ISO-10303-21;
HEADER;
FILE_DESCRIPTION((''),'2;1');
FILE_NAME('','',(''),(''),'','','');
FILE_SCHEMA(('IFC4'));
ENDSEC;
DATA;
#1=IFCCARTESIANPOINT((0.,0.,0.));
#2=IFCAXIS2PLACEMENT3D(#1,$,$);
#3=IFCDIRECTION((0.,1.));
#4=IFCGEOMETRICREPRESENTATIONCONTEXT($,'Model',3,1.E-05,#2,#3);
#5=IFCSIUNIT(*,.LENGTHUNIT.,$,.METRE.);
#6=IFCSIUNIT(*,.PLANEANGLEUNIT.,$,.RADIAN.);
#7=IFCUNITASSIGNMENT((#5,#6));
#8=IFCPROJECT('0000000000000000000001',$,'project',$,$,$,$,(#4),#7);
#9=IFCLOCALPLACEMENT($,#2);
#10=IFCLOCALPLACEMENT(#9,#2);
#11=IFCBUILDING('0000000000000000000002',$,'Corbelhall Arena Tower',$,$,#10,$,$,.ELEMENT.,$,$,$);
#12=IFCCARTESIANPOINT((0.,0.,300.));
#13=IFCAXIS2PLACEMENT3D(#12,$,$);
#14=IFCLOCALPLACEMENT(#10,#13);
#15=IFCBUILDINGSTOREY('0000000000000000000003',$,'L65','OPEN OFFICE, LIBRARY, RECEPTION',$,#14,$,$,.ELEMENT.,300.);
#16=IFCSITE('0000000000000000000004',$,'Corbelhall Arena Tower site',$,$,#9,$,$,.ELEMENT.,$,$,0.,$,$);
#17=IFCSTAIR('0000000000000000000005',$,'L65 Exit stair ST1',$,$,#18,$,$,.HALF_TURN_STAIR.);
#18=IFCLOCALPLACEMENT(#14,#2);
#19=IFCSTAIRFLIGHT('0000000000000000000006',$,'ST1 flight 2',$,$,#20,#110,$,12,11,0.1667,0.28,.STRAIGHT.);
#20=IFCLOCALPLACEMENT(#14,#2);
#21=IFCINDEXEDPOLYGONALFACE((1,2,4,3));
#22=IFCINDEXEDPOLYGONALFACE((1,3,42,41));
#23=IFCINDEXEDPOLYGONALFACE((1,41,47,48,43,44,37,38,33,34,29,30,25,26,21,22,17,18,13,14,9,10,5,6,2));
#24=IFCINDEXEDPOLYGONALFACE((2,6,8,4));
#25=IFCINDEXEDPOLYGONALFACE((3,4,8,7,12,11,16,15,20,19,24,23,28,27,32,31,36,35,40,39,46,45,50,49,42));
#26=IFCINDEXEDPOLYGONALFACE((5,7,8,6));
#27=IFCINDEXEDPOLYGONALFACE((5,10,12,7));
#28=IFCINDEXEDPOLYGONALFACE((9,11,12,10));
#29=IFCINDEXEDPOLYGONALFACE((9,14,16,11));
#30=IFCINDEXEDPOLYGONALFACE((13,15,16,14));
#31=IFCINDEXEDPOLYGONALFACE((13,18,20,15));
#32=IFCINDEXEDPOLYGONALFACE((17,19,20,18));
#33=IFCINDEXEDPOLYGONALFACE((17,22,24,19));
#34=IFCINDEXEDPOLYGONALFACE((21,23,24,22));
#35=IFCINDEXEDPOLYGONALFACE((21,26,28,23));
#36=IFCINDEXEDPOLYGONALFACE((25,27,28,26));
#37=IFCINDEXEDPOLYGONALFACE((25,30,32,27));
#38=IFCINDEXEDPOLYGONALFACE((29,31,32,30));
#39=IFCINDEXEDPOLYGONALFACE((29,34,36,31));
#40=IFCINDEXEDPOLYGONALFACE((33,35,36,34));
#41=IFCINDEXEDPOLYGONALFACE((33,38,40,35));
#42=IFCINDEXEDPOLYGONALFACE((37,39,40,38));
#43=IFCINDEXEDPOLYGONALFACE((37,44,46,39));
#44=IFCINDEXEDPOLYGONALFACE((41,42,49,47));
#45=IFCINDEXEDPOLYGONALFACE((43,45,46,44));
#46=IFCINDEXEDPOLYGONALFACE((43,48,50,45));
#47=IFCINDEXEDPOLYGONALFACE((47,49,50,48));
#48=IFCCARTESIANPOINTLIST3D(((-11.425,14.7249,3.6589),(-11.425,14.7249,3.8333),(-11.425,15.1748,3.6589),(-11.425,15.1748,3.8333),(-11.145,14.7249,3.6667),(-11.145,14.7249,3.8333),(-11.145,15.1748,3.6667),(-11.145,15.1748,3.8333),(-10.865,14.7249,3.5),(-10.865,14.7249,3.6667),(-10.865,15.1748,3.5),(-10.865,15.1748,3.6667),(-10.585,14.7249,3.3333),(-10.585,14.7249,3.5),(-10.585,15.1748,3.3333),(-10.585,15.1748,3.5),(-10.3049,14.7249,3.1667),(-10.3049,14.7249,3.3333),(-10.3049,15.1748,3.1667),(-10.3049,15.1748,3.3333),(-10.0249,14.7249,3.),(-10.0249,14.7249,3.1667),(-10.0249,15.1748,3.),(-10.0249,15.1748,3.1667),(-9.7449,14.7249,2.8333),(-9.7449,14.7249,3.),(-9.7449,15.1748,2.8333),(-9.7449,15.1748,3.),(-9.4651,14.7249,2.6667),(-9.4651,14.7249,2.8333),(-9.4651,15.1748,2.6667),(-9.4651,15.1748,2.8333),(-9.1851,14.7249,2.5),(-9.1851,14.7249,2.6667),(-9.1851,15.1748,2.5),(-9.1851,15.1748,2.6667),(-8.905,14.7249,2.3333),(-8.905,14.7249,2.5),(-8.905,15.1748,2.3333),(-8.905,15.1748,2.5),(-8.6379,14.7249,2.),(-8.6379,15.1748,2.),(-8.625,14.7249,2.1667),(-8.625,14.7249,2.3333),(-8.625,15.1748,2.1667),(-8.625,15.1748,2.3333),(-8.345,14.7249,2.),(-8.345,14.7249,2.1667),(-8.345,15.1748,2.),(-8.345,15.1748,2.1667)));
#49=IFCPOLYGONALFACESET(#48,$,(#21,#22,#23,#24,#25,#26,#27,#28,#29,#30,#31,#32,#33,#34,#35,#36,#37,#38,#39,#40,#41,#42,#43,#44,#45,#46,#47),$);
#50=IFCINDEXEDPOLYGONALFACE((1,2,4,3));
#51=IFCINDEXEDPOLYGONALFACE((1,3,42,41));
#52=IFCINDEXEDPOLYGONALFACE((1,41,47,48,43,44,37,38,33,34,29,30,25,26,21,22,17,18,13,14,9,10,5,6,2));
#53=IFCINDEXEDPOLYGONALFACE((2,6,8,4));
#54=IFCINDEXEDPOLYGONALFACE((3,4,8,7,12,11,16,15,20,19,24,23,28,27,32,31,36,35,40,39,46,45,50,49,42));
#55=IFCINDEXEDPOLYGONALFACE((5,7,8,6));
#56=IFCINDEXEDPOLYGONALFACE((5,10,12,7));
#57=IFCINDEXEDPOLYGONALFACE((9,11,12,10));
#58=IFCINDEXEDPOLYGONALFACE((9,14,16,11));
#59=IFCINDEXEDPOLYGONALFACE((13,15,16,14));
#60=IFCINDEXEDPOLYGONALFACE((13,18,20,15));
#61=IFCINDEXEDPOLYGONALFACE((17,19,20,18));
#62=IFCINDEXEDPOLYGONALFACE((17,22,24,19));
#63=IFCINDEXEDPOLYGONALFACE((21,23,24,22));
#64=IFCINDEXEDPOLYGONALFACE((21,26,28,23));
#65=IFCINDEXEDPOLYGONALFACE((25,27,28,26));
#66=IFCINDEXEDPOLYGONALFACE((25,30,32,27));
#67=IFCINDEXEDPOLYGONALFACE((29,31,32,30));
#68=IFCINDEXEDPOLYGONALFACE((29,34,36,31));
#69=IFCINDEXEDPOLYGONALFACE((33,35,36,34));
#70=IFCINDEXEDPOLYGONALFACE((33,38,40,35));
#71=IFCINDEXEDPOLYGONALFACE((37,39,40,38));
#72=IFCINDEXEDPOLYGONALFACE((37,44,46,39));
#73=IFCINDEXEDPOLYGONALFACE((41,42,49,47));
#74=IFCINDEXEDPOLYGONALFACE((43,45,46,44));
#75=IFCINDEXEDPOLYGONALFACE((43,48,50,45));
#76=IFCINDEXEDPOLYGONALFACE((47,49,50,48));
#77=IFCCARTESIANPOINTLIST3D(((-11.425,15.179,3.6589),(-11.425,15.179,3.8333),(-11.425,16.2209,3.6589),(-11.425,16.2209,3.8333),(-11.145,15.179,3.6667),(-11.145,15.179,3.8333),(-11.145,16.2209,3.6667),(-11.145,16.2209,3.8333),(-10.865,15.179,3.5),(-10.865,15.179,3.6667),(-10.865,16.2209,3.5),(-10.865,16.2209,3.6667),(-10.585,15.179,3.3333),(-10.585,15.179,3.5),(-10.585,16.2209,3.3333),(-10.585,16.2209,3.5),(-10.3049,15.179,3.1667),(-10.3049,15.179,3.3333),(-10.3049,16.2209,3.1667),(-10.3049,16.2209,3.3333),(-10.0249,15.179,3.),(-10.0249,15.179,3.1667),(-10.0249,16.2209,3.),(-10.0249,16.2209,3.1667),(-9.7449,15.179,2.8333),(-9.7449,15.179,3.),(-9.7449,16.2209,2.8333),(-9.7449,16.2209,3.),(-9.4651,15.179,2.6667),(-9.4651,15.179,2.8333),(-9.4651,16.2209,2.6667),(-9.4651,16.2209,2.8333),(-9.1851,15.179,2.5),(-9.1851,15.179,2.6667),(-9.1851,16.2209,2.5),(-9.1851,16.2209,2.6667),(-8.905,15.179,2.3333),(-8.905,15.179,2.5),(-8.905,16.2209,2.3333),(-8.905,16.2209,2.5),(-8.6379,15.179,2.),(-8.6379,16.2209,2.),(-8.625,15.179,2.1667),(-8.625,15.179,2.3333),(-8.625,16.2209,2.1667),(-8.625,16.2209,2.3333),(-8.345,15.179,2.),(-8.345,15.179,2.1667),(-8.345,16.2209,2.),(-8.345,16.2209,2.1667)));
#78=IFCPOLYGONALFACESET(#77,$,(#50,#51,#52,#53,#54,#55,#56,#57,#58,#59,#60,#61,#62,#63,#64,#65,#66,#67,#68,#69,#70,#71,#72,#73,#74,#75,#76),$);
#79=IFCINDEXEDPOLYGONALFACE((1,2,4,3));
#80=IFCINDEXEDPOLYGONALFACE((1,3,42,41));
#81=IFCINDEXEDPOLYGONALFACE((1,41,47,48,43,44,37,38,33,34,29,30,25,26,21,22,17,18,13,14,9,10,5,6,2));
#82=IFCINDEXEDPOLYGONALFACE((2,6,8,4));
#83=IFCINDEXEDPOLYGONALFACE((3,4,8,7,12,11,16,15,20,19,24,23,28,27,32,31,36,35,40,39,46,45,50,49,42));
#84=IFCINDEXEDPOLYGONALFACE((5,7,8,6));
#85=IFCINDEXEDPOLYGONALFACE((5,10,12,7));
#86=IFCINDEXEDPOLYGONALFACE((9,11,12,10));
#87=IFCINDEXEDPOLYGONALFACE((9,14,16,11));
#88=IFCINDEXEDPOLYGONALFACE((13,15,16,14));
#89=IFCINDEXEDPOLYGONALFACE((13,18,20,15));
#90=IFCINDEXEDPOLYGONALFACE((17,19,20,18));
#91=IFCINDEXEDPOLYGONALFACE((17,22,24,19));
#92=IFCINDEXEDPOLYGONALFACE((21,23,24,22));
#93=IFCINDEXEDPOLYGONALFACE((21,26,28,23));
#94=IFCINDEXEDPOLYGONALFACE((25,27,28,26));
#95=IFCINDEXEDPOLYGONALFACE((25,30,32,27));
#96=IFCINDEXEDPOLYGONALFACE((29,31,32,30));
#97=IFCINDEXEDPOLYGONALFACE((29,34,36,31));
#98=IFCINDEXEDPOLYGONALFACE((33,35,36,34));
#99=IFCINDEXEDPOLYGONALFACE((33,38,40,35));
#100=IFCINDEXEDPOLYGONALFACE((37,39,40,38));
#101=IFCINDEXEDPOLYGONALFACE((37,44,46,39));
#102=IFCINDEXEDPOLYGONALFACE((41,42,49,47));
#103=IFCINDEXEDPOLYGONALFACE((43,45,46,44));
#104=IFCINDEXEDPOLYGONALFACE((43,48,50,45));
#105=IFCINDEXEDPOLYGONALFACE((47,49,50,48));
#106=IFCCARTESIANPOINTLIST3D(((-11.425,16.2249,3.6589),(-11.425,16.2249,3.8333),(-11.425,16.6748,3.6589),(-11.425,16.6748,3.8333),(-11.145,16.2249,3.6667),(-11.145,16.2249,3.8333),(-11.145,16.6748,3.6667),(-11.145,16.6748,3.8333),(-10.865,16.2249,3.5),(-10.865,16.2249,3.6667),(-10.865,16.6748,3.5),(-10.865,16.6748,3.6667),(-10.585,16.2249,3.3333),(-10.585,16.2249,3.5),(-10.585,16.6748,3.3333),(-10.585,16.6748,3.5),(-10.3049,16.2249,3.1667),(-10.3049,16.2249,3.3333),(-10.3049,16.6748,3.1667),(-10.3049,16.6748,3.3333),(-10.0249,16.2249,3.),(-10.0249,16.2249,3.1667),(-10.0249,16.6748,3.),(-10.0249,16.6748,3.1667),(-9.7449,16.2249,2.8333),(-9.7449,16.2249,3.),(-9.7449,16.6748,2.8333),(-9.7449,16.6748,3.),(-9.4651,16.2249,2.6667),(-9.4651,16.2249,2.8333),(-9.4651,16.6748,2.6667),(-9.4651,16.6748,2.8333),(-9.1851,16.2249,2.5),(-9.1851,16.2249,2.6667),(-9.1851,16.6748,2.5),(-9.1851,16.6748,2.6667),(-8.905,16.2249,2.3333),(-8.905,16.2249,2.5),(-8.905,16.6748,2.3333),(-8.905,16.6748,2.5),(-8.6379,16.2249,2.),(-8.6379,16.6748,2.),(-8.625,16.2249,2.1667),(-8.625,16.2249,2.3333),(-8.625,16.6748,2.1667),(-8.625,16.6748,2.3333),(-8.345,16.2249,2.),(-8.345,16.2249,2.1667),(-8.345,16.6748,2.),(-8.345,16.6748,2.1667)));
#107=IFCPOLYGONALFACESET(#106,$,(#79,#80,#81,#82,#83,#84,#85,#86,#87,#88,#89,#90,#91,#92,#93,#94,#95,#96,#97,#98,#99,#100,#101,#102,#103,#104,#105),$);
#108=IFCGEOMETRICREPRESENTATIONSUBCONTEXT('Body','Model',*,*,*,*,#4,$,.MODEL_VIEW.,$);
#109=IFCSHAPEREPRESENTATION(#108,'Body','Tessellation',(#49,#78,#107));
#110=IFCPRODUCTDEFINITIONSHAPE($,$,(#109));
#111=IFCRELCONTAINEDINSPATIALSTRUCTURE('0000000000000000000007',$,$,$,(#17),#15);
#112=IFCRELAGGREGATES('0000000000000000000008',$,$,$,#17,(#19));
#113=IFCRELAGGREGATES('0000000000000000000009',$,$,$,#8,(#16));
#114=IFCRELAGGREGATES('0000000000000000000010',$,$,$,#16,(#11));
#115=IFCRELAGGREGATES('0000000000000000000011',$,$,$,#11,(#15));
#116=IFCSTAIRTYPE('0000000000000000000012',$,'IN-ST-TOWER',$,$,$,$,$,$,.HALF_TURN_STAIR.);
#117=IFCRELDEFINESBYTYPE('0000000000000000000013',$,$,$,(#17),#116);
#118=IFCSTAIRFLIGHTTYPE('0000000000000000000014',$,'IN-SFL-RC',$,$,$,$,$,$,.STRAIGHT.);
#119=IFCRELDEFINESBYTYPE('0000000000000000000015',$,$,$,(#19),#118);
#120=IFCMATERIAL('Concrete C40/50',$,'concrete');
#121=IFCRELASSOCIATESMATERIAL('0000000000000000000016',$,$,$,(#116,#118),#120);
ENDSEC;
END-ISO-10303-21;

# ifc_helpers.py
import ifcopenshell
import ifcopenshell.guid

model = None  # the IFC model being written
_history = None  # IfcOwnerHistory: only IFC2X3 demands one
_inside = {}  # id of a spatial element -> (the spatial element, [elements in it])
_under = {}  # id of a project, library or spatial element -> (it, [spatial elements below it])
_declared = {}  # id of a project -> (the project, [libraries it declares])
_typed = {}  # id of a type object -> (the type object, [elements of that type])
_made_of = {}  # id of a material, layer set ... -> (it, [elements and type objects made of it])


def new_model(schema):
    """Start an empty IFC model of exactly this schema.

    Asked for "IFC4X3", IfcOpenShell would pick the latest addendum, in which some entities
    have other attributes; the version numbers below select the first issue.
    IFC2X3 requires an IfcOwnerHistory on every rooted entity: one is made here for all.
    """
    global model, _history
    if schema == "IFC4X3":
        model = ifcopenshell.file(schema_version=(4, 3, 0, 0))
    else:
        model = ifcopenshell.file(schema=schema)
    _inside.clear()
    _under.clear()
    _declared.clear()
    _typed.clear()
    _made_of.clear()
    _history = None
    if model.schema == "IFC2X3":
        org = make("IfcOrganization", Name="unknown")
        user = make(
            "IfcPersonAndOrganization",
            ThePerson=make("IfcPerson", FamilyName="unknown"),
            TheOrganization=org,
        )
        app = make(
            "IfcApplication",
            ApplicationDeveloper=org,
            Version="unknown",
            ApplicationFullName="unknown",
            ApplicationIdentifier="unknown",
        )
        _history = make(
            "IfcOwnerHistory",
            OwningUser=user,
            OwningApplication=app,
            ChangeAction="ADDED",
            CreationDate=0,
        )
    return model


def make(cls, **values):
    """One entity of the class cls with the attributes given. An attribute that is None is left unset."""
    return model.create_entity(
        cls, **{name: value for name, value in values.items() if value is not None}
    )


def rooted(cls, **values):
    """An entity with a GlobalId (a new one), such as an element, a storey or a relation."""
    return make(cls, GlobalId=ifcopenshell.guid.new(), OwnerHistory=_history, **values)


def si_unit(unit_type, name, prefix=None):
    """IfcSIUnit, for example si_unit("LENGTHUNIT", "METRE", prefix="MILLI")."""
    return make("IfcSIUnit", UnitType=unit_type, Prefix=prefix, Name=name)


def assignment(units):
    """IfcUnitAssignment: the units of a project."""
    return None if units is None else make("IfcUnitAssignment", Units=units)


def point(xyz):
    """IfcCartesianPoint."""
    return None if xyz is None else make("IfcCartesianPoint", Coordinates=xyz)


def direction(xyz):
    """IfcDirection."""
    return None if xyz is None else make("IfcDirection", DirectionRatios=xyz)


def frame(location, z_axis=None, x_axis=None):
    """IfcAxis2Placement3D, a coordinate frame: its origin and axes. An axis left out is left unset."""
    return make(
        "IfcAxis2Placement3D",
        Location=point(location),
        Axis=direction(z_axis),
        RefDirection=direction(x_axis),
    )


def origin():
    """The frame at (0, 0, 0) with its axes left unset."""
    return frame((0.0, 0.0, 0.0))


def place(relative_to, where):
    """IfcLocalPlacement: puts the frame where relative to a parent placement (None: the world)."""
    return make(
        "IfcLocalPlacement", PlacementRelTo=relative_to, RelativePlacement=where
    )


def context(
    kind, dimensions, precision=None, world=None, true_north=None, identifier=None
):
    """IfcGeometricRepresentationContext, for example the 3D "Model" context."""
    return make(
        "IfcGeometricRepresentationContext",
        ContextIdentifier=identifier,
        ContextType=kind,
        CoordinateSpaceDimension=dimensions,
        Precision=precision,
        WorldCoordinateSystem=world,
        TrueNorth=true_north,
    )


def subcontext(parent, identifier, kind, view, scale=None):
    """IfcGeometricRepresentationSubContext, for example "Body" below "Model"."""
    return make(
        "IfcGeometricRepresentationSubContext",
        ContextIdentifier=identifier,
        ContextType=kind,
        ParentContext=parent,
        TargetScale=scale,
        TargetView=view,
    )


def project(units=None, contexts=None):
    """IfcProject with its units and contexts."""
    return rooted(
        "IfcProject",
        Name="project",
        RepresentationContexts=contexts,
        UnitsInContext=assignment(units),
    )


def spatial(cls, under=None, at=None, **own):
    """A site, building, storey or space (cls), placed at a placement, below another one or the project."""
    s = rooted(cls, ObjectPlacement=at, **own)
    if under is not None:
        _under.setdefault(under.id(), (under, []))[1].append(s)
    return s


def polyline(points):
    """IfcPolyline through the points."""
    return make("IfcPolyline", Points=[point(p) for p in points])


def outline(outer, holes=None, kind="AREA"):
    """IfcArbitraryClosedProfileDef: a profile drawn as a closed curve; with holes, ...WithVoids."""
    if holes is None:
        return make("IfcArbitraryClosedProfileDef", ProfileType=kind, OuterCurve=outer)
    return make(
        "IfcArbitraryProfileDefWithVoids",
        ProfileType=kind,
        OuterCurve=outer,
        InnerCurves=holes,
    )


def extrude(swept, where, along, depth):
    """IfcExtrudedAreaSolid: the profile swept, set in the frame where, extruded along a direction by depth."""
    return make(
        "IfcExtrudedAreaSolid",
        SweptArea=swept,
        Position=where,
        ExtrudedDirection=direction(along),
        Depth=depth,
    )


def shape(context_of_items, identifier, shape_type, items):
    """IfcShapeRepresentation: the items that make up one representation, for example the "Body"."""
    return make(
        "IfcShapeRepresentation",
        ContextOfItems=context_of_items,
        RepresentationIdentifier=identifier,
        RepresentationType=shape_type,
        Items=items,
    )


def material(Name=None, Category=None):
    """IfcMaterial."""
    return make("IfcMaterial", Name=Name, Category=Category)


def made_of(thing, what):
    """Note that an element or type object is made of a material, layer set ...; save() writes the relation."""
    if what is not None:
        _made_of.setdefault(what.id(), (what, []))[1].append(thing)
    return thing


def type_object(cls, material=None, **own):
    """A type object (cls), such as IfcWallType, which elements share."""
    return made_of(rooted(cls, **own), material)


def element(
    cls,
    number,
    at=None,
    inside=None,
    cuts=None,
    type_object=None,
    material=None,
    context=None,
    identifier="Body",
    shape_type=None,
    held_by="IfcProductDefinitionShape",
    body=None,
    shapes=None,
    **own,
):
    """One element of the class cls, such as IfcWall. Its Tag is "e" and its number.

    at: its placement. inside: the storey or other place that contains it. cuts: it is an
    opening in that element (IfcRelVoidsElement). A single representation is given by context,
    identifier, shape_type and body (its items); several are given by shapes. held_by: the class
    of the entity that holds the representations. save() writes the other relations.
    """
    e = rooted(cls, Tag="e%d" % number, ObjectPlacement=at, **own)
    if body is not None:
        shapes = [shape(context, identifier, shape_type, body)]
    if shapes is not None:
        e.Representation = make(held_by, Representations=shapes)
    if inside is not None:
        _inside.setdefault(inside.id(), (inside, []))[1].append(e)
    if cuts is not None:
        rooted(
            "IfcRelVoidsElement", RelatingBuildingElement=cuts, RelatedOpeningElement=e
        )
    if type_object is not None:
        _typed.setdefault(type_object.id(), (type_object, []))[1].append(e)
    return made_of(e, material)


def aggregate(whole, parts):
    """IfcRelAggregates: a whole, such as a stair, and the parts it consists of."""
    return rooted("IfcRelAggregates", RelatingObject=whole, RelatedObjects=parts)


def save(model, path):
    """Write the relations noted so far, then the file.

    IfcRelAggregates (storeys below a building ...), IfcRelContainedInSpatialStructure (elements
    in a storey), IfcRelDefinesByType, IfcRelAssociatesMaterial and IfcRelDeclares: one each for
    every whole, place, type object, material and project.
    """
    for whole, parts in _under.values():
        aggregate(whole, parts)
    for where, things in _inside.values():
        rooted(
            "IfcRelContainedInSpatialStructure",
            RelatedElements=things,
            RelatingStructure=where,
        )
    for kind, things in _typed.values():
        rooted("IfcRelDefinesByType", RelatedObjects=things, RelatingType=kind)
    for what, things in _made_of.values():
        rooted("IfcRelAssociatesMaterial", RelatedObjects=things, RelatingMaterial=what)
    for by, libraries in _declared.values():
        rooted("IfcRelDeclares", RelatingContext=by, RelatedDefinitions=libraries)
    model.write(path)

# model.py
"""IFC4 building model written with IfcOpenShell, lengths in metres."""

from ifc_helpers import new_model, si_unit, direction, frame, origin, place, context, subcontext, project, spatial, polyline, outline, extrude, material, type_object, element, aggregate, save


model = new_model("IFC4")

# Units and contexts
model_context = context("Model", 3, precision=1e-05, world=origin(), true_north=direction((0.0, 1.0)))
body_context = subcontext(model_context, "Body", "Model", "MODEL_VIEW")
ifc_project = project(units=[si_unit("LENGTHUNIT", "METRE"), si_unit("PLANEANGLEUNIT", "RADIAN")], contexts=[model_context])

# Site, building, storey
site_placement = place(None, origin())
site = spatial("IfcSite", under=ifc_project, at=site_placement, Name="Corbelhall Arena Tower site", CompositionType="ELEMENT", RefElevation=0.0)
building_placement = place(site_placement, origin())
building = spatial("IfcBuilding", under=site, at=building_placement, Name="Corbelhall Arena Tower", CompositionType="ELEMENT")
storey_placement = place(building_placement, frame((0.0, 0.0, 300.0)))
storey = spatial("IfcBuildingStorey", under=building, at=storey_placement, Name="L65", Description="OPEN OFFICE, LIBRARY, RECEPTION", CompositionType="ELEMENT", Elevation=300.0)

# Shared definitions
ifc_material_1 = material(Name="Concrete C40/50", Category="concrete")

# Stair, stair flight
stair_type = type_object("IfcStairType", Name="IN-ST-TOWER", PredefinedType="HALF_TURN_STAIR", material=ifc_material_1)
stair_placement = place(storey_placement, origin())
stair = element("IfcStair", 1, at=stair_placement, inside=storey, type_object=stair_type, Name="L65 Exit stair ST1", PredefinedType="HALF_TURN_STAIR")
stair_flight_type = type_object("IfcStairFlightType", Name="IN-SFL-RC", PredefinedType="STRAIGHT", material=ifc_material_1)
stair_flight_placement = place(storey_placement, frame((-8.345, 15.7, 2.0), z_axis=(0.0, 0.0, 1.0), x_axis=(-1.0, 0.0, 0.0)))
stair_flight = element("IfcStairFlight", 2, at=stair_flight_placement, type_object=stair_flight_type, Name="ST1 flight 2", NumberOfRisers=12, NumberOfTreads=11, PredefinedType="STRAIGHT", RiserHeight=0.1667, TreadLength=0.28, context=body_context, shape_type="SweptSolid", body=[
    extrude(outline(polyline([(0.0, 0.0), (0.0, 0.1667), (0.28, 0.1667), (0.28, 0.3333), (0.5601, 0.3333), (0.5601, 0.5), (0.8401, 0.5), (0.8401, 0.6667), (1.1201, 0.6667), (1.1201, 0.8333), (1.3999, 0.8333), (1.3999, 1.0), (1.6799, 1.0), (1.6799, 1.1667), (1.96, 1.1667), (1.96, 1.3333), (2.24, 1.3333), (2.24, 1.5), (2.52, 1.5), (2.52, 1.6667), (2.8, 1.6667), (2.8, 1.8333), (3.0801, 1.8333), (3.0801, 2.0), (3.0801, 1.6589), (0.293, 0.0), (0.0, 0.0)])), frame((0.0, 0.9751, 0.0), z_axis=(0.0, -1.0, 0.0), x_axis=(1.0, 0.0, 0.0)), (0.0, 0.0, 1.0), 0.45),
    extrude(outline(polyline([(0.0, 0.0), (0.0, 0.1667), (0.28, 0.1667), (0.28, 0.3333), (0.5601, 0.3333), (0.5601, 0.5), (0.8401, 0.5), (0.8401, 0.6667), (1.1201, 0.6667), (1.1201, 0.8333), (1.3999, 0.8333), (1.3999, 1.0), (1.6799, 1.0), (1.6799, 1.1667), (1.96, 1.1667), (1.96, 1.3333), (2.24, 1.3333), (2.24, 1.5), (2.52, 1.5), (2.52, 1.6667), (2.8, 1.6667), (2.8, 1.8333), (3.0801, 1.8333), (3.0801, 2.0), (3.0801, 1.6589), (0.293, 0.0), (0.0, 0.0)])), frame((0.0, 0.521, 0.0), z_axis=(0.0, -1.0, 0.0), x_axis=(1.0, 0.0, 0.0)), (0.0, 0.0, 1.0), 1.042),
    extrude(outline(polyline([(0.0, 0.0), (0.0, 0.1667), (0.28, 0.1667), (0.28, 0.3333), (0.5601, 0.3333), (0.5601, 0.5), (0.8401, 0.5), (0.8401, 0.6667), (1.1201, 0.6667), (1.1201, 0.8333), (1.3999, 0.8333), (1.3999, 1.0), (1.6799, 1.0), (1.6799, 1.1667), (1.96, 1.1667), (1.96, 1.3333), (2.24, 1.3333), (2.24, 1.5), (2.52, 1.5), (2.52, 1.6667), (2.8, 1.6667), (2.8, 1.8333), (3.0801, 1.8333), (3.0801, 2.0), (3.0801, 1.6589), (0.293, 0.0), (0.0, 0.0)])), frame((0.0, -0.5249, 0.0), z_axis=(0.0, -1.0, 0.0), x_axis=(1.0, 0.0, 0.0)), (0.0, 0.0, 1.0), 0.45),
])
aggregate(stair, [stair_flight])

save(model, "model.ifc")
